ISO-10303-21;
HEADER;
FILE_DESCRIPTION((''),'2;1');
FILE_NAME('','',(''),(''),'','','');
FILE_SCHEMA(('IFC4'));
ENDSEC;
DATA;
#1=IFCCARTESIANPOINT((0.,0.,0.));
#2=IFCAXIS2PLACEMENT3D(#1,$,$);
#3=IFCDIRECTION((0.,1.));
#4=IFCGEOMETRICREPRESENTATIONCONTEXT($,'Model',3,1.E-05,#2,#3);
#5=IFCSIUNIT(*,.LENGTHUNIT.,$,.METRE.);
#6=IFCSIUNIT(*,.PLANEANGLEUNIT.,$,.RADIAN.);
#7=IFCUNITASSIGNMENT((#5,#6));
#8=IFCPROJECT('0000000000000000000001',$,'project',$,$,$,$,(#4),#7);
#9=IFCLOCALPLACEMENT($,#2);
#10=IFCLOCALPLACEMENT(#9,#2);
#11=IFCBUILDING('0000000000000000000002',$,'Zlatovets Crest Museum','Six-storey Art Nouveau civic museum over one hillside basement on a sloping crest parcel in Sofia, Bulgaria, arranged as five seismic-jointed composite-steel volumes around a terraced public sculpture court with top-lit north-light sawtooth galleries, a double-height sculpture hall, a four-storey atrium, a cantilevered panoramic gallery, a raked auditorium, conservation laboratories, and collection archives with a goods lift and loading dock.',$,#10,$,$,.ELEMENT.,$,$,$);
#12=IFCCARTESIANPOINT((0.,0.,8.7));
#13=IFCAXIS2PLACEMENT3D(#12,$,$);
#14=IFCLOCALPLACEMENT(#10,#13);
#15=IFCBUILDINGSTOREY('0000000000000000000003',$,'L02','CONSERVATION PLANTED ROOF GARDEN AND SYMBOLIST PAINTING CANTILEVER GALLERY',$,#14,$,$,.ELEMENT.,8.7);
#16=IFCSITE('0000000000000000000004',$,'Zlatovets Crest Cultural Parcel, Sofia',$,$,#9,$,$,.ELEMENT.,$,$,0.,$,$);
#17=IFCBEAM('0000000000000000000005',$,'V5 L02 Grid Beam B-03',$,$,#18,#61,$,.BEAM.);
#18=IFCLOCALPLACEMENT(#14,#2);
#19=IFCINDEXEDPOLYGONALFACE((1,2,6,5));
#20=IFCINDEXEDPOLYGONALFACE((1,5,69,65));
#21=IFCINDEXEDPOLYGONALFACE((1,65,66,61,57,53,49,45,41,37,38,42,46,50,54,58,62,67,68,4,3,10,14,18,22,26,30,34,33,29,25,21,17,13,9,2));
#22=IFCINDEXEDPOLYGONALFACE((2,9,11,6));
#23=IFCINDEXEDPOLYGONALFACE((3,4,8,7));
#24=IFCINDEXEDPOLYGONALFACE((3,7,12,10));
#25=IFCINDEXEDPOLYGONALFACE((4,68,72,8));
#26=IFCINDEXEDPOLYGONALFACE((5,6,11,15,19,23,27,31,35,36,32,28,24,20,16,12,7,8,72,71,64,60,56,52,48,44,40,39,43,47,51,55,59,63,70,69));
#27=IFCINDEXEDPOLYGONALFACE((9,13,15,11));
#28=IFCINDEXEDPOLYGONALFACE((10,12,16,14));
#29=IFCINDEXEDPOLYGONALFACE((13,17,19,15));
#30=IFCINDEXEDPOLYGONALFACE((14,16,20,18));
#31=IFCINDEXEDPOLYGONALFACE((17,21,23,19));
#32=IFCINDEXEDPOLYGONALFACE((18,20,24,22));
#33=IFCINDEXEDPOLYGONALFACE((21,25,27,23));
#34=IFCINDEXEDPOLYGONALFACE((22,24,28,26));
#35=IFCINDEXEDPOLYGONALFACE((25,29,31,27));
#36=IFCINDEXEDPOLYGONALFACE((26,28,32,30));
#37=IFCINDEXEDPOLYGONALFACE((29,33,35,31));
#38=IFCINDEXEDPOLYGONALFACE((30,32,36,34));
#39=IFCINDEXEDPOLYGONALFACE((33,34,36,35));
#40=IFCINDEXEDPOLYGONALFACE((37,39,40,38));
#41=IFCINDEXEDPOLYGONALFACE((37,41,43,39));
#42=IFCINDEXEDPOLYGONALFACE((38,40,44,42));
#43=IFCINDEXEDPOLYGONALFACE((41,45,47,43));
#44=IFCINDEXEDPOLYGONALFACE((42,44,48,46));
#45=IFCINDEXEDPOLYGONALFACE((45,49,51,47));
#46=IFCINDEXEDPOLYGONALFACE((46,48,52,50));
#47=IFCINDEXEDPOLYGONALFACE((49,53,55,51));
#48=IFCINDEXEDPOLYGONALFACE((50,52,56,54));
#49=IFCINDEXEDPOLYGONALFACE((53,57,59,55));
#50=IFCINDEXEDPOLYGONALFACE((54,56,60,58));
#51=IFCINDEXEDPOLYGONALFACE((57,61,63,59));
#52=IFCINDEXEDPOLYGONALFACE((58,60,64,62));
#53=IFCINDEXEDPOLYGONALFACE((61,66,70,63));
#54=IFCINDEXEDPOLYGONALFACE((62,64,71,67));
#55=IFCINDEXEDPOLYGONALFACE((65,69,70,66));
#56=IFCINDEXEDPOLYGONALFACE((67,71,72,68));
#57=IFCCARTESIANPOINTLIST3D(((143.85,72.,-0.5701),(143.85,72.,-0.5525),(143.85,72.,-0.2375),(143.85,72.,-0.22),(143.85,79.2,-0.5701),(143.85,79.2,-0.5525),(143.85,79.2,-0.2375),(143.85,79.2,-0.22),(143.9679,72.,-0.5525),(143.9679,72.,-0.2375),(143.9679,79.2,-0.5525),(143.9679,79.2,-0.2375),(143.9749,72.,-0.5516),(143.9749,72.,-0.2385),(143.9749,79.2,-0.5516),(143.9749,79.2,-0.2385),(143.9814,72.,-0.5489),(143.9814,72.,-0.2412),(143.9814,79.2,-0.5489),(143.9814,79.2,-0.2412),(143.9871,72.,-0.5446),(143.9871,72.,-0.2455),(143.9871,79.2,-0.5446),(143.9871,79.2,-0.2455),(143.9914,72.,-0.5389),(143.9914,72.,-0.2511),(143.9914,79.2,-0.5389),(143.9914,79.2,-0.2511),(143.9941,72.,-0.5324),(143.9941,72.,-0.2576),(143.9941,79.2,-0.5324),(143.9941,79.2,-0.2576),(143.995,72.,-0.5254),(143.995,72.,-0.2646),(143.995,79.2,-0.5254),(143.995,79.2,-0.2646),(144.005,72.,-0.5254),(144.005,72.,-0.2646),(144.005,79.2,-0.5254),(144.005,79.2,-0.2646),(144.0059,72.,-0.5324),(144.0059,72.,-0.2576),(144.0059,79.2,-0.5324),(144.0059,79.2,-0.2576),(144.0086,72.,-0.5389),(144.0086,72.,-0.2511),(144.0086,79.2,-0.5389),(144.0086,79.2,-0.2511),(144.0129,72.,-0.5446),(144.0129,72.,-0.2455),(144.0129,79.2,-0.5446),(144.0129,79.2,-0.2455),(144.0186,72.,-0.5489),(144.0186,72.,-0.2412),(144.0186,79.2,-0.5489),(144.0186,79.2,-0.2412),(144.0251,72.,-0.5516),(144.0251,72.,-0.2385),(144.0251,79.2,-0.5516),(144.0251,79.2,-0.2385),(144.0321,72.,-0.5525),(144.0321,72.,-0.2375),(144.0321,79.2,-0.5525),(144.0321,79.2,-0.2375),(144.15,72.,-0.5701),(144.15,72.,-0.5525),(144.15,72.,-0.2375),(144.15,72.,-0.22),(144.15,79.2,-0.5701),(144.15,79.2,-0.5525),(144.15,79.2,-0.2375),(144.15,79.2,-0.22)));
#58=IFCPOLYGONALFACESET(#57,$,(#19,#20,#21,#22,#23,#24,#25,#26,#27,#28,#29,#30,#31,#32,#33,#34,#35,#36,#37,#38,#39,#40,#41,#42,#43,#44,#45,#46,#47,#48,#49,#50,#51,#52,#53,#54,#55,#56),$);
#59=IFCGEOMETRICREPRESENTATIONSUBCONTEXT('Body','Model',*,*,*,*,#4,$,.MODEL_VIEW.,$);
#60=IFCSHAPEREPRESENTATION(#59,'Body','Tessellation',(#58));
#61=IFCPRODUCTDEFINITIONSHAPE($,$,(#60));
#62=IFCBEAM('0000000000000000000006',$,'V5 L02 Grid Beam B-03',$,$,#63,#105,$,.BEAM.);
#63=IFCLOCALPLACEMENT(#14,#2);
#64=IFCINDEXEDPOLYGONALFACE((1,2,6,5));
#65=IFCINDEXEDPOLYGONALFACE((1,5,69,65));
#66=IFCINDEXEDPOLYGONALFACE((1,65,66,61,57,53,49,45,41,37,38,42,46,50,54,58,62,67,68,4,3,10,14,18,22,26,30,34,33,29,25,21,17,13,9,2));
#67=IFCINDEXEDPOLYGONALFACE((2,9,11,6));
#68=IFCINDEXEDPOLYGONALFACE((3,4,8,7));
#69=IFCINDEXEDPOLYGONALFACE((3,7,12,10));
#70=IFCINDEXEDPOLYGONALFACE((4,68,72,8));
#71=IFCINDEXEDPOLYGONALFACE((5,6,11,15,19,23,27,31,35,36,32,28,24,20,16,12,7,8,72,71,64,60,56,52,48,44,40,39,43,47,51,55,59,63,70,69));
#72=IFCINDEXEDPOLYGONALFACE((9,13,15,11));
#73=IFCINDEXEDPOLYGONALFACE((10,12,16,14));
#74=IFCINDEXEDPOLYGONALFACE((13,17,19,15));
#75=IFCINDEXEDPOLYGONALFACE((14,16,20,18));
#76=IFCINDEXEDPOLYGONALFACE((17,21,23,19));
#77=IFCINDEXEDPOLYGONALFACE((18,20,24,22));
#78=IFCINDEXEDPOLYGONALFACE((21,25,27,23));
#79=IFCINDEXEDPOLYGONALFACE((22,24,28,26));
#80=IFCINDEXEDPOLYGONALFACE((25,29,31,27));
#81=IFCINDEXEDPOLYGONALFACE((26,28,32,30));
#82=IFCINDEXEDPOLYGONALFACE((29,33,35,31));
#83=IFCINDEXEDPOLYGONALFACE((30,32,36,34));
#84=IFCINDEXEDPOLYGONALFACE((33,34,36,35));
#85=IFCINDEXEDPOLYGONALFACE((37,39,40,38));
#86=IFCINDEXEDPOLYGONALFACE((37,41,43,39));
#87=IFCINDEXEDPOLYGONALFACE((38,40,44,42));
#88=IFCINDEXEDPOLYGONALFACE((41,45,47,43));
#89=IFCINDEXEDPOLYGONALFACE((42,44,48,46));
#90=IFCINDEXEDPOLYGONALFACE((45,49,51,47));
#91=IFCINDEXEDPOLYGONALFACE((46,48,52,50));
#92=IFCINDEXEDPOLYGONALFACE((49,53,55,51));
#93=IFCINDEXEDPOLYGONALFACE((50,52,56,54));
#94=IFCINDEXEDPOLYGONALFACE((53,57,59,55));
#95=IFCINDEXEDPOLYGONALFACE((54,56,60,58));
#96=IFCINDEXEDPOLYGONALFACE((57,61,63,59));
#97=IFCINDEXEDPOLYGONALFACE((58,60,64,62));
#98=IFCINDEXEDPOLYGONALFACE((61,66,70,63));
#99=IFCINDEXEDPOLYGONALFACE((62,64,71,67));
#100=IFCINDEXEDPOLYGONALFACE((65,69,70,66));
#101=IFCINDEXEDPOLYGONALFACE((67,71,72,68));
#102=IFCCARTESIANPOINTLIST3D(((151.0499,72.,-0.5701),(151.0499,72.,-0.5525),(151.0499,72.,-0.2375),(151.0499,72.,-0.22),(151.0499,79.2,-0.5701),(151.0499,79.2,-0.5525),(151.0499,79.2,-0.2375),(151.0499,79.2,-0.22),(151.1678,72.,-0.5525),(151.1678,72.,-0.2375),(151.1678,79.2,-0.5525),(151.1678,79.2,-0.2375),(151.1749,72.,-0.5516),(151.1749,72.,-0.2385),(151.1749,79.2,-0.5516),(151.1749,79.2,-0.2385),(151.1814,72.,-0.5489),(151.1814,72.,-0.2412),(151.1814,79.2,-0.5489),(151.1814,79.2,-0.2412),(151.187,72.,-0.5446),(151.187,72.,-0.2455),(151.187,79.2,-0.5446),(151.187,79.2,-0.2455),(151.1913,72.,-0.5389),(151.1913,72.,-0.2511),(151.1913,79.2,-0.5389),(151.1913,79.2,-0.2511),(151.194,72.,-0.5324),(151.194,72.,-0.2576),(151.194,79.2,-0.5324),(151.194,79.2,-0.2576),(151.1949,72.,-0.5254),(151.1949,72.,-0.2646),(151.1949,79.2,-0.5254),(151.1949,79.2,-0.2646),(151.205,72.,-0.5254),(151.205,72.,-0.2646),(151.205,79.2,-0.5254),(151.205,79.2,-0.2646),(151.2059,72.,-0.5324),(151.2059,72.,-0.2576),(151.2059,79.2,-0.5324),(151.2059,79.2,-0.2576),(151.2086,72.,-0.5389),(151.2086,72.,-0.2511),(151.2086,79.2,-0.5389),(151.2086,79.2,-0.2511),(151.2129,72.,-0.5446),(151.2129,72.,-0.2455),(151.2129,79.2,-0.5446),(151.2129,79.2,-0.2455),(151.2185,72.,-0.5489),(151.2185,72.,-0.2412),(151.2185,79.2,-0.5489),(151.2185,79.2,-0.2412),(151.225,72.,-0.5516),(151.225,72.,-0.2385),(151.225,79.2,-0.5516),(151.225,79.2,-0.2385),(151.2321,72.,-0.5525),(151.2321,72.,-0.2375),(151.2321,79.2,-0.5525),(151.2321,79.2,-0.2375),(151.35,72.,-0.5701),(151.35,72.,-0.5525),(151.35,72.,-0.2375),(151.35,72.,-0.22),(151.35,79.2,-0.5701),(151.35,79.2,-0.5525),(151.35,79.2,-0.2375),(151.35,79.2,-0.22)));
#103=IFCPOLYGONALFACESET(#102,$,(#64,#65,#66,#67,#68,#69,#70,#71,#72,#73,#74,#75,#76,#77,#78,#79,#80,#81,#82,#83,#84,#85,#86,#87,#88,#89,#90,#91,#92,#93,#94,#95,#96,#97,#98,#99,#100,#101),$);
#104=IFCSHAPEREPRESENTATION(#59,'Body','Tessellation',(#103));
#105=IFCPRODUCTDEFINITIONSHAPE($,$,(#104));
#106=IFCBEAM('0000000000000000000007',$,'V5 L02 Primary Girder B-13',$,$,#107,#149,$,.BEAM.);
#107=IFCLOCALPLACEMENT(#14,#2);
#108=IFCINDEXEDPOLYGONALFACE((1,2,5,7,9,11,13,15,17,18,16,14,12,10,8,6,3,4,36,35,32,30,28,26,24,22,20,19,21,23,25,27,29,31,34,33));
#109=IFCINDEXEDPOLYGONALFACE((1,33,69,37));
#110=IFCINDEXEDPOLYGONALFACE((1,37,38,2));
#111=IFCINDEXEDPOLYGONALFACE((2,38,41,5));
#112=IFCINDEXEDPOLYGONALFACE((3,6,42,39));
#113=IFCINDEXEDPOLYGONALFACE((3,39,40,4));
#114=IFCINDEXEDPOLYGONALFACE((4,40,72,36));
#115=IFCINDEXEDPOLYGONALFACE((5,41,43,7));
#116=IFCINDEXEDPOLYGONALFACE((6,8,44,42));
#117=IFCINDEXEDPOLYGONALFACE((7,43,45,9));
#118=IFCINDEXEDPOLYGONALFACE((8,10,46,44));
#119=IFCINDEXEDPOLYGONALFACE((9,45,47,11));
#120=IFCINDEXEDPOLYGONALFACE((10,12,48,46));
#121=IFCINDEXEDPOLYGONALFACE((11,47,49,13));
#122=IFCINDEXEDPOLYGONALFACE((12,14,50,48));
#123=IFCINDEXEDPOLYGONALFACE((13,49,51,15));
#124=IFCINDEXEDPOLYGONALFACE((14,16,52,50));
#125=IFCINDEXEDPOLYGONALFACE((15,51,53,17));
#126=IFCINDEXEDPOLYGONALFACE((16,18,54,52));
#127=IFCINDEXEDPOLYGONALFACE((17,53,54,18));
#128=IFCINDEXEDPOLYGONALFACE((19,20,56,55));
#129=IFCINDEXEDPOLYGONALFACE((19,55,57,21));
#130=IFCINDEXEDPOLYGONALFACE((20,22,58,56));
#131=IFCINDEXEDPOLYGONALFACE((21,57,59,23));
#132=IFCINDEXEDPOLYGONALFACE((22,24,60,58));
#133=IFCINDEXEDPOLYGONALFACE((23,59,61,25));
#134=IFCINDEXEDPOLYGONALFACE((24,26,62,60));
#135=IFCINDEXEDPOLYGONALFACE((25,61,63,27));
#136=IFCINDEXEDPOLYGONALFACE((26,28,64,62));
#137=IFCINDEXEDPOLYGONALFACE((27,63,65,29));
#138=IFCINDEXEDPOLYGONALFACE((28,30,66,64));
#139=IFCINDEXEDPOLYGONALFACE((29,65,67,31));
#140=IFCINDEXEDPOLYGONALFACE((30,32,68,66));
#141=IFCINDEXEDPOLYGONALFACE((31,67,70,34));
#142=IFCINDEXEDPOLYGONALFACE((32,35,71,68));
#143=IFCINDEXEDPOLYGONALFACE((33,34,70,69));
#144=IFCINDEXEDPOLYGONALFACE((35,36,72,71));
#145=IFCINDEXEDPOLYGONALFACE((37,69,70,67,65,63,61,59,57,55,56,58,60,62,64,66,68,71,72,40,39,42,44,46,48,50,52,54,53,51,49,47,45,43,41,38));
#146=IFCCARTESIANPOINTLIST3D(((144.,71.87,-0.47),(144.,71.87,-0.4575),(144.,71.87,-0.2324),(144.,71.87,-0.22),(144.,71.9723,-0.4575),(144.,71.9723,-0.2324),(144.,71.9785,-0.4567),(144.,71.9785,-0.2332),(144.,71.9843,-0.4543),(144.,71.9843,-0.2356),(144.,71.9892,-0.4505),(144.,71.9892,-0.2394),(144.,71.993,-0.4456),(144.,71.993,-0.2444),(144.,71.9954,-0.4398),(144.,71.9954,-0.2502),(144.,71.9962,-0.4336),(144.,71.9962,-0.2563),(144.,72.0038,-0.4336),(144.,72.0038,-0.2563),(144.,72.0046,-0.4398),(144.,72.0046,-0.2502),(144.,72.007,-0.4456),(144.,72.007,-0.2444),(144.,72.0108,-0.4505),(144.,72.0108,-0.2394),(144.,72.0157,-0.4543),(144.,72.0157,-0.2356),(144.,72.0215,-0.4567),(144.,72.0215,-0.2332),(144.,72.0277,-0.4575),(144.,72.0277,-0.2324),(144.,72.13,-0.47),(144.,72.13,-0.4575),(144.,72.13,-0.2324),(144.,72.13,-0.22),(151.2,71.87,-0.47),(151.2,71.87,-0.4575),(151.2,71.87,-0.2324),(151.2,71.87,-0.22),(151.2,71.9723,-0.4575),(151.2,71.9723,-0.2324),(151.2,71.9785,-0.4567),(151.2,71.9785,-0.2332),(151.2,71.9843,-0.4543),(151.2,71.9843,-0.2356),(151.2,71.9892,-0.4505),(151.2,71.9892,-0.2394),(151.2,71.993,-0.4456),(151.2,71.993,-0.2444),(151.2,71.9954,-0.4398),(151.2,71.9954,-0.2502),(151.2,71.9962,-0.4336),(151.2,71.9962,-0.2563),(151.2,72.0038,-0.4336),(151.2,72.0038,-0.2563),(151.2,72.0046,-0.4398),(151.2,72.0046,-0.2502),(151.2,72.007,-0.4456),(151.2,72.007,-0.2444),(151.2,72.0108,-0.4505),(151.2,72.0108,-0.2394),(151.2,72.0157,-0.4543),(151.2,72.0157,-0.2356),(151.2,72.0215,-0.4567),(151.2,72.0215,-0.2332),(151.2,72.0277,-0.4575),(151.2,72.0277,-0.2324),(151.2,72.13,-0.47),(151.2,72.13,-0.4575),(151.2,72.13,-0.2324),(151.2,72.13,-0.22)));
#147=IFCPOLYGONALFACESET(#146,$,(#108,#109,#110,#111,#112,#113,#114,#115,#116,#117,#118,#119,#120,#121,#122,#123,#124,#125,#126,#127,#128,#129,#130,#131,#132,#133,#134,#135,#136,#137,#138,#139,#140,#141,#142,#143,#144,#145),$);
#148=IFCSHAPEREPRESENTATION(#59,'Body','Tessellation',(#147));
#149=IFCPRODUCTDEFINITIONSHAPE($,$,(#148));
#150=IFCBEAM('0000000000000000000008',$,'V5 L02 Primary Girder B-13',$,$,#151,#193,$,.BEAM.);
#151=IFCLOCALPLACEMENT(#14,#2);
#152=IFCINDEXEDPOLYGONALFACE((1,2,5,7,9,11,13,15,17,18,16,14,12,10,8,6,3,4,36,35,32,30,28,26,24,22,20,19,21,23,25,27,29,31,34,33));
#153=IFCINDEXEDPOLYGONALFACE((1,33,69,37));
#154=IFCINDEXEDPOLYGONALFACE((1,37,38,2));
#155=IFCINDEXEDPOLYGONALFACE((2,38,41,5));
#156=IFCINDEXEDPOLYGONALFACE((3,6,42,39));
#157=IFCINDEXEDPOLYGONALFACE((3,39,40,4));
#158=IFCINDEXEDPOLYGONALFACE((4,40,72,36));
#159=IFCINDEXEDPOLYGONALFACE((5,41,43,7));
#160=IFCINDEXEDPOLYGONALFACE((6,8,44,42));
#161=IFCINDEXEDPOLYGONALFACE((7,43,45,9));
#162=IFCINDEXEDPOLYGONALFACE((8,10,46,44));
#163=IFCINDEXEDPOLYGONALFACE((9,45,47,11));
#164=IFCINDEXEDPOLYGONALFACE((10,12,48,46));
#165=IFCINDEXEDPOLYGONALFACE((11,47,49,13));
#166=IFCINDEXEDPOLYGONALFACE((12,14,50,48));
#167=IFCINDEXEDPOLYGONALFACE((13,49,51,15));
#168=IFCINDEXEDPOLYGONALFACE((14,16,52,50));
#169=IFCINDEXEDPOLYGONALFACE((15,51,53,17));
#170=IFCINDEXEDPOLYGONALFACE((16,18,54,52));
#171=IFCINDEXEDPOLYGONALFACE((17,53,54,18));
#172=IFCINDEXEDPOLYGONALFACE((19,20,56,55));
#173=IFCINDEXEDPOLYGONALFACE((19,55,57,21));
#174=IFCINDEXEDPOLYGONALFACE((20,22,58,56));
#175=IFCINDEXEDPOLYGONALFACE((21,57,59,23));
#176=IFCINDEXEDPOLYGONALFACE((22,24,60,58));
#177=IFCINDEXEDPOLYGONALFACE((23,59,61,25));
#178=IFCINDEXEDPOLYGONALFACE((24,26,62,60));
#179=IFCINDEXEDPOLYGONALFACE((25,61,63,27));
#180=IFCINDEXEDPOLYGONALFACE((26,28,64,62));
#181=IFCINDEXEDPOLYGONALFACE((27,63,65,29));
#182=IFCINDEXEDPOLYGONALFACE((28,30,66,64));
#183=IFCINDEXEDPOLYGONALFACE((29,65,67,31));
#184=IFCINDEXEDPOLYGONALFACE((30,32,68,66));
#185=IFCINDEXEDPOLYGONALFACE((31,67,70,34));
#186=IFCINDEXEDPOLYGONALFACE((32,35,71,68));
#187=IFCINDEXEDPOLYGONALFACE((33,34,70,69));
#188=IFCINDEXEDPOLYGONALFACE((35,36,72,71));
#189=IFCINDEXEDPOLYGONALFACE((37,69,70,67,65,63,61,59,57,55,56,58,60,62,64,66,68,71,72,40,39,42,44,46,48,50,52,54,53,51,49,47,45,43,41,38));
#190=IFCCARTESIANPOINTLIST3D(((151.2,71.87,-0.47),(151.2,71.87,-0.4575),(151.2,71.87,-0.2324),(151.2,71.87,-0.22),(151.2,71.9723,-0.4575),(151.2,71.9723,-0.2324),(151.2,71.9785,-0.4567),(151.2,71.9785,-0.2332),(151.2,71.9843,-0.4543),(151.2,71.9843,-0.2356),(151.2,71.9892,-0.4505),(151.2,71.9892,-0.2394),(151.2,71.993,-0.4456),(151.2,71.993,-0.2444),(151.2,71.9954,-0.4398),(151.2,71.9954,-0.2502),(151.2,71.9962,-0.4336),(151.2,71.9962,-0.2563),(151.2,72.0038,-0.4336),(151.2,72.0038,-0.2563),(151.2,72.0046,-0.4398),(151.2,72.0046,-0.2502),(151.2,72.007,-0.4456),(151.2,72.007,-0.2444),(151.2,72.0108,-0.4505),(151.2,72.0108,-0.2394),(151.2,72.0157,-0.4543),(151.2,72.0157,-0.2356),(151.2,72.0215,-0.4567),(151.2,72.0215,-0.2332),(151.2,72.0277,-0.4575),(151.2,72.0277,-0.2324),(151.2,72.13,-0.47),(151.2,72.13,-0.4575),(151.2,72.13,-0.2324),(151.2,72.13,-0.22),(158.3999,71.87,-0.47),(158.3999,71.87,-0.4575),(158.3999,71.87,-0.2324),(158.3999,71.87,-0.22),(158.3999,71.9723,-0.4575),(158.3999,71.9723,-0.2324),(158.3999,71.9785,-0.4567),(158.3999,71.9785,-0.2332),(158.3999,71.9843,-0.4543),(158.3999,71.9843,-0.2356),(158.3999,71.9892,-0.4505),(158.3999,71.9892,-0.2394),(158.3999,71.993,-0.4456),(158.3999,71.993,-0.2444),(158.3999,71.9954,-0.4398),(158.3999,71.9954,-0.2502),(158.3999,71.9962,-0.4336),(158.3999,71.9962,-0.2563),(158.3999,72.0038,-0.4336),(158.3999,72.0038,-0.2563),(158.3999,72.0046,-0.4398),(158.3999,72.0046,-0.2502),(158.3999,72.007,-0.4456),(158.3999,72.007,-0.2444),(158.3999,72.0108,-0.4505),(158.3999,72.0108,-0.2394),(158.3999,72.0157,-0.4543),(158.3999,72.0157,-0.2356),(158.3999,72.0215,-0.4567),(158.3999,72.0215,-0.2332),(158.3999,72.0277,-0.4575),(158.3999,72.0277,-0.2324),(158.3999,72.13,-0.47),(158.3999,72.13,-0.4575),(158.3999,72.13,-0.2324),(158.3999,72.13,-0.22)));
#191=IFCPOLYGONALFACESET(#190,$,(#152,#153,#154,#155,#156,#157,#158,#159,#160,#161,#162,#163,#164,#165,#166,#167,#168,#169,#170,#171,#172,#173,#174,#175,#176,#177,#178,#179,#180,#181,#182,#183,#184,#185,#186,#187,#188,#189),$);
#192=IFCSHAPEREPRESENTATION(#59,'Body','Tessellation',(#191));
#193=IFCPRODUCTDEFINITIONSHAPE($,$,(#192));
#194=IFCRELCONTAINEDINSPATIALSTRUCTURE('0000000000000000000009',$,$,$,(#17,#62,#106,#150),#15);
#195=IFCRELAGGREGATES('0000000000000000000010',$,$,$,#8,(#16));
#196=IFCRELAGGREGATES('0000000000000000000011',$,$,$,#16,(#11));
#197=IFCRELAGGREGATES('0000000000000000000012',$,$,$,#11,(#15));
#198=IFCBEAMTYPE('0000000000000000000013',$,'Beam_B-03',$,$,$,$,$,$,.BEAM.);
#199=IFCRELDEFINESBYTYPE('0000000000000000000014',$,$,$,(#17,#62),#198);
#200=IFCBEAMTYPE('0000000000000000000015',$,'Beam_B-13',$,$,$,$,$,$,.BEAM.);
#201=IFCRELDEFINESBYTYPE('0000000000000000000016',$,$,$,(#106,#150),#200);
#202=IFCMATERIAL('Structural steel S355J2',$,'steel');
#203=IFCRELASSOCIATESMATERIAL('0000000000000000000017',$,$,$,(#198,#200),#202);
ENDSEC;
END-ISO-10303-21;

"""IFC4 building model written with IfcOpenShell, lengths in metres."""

from ifc_helpers import new_model, si_unit, direction, frame, origin, origin_2d, place, context, subcontext, project, spatial, i_section, extrude, material, material_profile, profile_set, type_object, element, save


model = new_model("IFC4")

# Units and contexts
model_context = context("Model", 3, precision=1e-05, world=origin(), true_north=direction((0.0, 1.0)))
body_context = subcontext(model_context, "Body", "Model", "MODEL_VIEW")
ifc_project = project(units=[si_unit("LENGTHUNIT", "METRE"), si_unit("PLANEANGLEUNIT", "RADIAN")], contexts=[model_context])

# Site, building, storey
site_placement = place(None, origin())
site = spatial("IfcSite", under=ifc_project, at=site_placement, Name="Zlatovets Crest Cultural Parcel, Sofia", CompositionType="ELEMENT", RefElevation=0.0)
building_placement = place(site_placement, origin())
building = spatial("IfcBuilding", under=site, at=building_placement, Name="Zlatovets Crest Museum", Description="Six-storey Art Nouveau civic museum over one hillside basement on a sloping crest parcel in Sofia, Bulgaria, arranged as five seismic-jointed composite-steel volumes around a terraced public sculpture court with top-lit north-light sawtooth galleries, a double-height sculpture hall, a four-storey atrium, a cantilevered panoramic gallery, a raked auditorium, conservation laboratories, and collection archives with a goods lift and loading dock.", CompositionType="ELEMENT")
storey_placement = place(building_placement, frame((0.0, 0.0, 8.7)))
storey = spatial("IfcBuildingStorey", under=building, at=storey_placement, Name="L02", Description="CONSERVATION PLANTED ROOF GARDEN AND SYMBOLIST PAINTING CANTILEVER GALLERY", CompositionType="ELEMENT", Elevation=8.7)

# Beams
ifc_material = material(Name="Structural steel S355J2", Category="steel")
ifc_material_profile_1 = material_profile(ifc_material, i_section(OverallWidth=0.3, OverallDepth=0.3501, WebThickness=0.01, FlangeThickness=0.0176, FilletRadius=0.0271, at=origin_2d()), Name="HEA 360")
ifc_profile_set_1 = profile_set([ifc_material_profile_1], Name="Structural steel S355J2")
beam_type_1 = type_object("IfcBeamType", Name="Beam_B-03", PredefinedType="BEAM", material=ifc_profile_set_1)
for number, where, z_axis, x_axis, name in (
    (1, (144.0, 72.0, -0.395), (0.0, 1.0, 0.0), (-1.0, 0.0, 0.0), "V5 L02 Grid Beam B-03"),
    (2, (151.2, 72.0, -0.395), (0.0, 1.0, 0.0), (-1.0, 0.0, 0.0), "V5 L02 Grid Beam B-03"),
):
    element("IfcBeam", number, at=place(storey_placement, frame(where, z_axis=z_axis, x_axis=x_axis)), inside=storey, type_object=beam_type_1, Name=name, PredefinedType="BEAM", context=body_context, shape_type="SweptSolid", body=[
        extrude(i_section(OverallWidth=0.3, OverallDepth=0.3501, WebThickness=0.01, FlangeThickness=0.0176, FilletRadius=0.0271, at=origin_2d()), origin(), (0.0, 0.0, 1.0), 7.2),
    ])
ifc_material_profile_2 = material_profile(ifc_material, i_section(OverallWidth=0.26, OverallDepth=0.25, WebThickness=0.0076, FlangeThickness=0.0125, FilletRadius=0.0239, at=origin_2d()), Name="HEA 260")
ifc_profile_set_2 = profile_set([ifc_material_profile_2], Name="Structural steel S355J2")
beam_type_2 = type_object("IfcBeamType", Name="Beam_B-13", PredefinedType="BEAM", material=ifc_profile_set_2)
for number, where, z_axis, x_axis, name in (
    (3, (144.0, 72.0, -0.345), (1.0, 0.0, 0.0), (0.0, 1.0, 0.0), "V5 L02 Primary Girder B-13"),
    (4, (151.2, 72.0, -0.345), (1.0, 0.0, 0.0), (0.0, 1.0, 0.0), "V5 L02 Primary Girder B-13"),
):
    element("IfcBeam", number, at=place(storey_placement, frame(where, z_axis=z_axis, x_axis=x_axis)), inside=storey, type_object=beam_type_2, Name=name, PredefinedType="BEAM", context=body_context, shape_type="SweptSolid", body=[
        extrude(i_section(OverallWidth=0.26, OverallDepth=0.25, WebThickness=0.0076, FlangeThickness=0.0125, FilletRadius=0.0239, at=origin_2d()), origin(), (0.0, 0.0, 1.0), 7.2),
    ])

save(model, "model.ifc")
